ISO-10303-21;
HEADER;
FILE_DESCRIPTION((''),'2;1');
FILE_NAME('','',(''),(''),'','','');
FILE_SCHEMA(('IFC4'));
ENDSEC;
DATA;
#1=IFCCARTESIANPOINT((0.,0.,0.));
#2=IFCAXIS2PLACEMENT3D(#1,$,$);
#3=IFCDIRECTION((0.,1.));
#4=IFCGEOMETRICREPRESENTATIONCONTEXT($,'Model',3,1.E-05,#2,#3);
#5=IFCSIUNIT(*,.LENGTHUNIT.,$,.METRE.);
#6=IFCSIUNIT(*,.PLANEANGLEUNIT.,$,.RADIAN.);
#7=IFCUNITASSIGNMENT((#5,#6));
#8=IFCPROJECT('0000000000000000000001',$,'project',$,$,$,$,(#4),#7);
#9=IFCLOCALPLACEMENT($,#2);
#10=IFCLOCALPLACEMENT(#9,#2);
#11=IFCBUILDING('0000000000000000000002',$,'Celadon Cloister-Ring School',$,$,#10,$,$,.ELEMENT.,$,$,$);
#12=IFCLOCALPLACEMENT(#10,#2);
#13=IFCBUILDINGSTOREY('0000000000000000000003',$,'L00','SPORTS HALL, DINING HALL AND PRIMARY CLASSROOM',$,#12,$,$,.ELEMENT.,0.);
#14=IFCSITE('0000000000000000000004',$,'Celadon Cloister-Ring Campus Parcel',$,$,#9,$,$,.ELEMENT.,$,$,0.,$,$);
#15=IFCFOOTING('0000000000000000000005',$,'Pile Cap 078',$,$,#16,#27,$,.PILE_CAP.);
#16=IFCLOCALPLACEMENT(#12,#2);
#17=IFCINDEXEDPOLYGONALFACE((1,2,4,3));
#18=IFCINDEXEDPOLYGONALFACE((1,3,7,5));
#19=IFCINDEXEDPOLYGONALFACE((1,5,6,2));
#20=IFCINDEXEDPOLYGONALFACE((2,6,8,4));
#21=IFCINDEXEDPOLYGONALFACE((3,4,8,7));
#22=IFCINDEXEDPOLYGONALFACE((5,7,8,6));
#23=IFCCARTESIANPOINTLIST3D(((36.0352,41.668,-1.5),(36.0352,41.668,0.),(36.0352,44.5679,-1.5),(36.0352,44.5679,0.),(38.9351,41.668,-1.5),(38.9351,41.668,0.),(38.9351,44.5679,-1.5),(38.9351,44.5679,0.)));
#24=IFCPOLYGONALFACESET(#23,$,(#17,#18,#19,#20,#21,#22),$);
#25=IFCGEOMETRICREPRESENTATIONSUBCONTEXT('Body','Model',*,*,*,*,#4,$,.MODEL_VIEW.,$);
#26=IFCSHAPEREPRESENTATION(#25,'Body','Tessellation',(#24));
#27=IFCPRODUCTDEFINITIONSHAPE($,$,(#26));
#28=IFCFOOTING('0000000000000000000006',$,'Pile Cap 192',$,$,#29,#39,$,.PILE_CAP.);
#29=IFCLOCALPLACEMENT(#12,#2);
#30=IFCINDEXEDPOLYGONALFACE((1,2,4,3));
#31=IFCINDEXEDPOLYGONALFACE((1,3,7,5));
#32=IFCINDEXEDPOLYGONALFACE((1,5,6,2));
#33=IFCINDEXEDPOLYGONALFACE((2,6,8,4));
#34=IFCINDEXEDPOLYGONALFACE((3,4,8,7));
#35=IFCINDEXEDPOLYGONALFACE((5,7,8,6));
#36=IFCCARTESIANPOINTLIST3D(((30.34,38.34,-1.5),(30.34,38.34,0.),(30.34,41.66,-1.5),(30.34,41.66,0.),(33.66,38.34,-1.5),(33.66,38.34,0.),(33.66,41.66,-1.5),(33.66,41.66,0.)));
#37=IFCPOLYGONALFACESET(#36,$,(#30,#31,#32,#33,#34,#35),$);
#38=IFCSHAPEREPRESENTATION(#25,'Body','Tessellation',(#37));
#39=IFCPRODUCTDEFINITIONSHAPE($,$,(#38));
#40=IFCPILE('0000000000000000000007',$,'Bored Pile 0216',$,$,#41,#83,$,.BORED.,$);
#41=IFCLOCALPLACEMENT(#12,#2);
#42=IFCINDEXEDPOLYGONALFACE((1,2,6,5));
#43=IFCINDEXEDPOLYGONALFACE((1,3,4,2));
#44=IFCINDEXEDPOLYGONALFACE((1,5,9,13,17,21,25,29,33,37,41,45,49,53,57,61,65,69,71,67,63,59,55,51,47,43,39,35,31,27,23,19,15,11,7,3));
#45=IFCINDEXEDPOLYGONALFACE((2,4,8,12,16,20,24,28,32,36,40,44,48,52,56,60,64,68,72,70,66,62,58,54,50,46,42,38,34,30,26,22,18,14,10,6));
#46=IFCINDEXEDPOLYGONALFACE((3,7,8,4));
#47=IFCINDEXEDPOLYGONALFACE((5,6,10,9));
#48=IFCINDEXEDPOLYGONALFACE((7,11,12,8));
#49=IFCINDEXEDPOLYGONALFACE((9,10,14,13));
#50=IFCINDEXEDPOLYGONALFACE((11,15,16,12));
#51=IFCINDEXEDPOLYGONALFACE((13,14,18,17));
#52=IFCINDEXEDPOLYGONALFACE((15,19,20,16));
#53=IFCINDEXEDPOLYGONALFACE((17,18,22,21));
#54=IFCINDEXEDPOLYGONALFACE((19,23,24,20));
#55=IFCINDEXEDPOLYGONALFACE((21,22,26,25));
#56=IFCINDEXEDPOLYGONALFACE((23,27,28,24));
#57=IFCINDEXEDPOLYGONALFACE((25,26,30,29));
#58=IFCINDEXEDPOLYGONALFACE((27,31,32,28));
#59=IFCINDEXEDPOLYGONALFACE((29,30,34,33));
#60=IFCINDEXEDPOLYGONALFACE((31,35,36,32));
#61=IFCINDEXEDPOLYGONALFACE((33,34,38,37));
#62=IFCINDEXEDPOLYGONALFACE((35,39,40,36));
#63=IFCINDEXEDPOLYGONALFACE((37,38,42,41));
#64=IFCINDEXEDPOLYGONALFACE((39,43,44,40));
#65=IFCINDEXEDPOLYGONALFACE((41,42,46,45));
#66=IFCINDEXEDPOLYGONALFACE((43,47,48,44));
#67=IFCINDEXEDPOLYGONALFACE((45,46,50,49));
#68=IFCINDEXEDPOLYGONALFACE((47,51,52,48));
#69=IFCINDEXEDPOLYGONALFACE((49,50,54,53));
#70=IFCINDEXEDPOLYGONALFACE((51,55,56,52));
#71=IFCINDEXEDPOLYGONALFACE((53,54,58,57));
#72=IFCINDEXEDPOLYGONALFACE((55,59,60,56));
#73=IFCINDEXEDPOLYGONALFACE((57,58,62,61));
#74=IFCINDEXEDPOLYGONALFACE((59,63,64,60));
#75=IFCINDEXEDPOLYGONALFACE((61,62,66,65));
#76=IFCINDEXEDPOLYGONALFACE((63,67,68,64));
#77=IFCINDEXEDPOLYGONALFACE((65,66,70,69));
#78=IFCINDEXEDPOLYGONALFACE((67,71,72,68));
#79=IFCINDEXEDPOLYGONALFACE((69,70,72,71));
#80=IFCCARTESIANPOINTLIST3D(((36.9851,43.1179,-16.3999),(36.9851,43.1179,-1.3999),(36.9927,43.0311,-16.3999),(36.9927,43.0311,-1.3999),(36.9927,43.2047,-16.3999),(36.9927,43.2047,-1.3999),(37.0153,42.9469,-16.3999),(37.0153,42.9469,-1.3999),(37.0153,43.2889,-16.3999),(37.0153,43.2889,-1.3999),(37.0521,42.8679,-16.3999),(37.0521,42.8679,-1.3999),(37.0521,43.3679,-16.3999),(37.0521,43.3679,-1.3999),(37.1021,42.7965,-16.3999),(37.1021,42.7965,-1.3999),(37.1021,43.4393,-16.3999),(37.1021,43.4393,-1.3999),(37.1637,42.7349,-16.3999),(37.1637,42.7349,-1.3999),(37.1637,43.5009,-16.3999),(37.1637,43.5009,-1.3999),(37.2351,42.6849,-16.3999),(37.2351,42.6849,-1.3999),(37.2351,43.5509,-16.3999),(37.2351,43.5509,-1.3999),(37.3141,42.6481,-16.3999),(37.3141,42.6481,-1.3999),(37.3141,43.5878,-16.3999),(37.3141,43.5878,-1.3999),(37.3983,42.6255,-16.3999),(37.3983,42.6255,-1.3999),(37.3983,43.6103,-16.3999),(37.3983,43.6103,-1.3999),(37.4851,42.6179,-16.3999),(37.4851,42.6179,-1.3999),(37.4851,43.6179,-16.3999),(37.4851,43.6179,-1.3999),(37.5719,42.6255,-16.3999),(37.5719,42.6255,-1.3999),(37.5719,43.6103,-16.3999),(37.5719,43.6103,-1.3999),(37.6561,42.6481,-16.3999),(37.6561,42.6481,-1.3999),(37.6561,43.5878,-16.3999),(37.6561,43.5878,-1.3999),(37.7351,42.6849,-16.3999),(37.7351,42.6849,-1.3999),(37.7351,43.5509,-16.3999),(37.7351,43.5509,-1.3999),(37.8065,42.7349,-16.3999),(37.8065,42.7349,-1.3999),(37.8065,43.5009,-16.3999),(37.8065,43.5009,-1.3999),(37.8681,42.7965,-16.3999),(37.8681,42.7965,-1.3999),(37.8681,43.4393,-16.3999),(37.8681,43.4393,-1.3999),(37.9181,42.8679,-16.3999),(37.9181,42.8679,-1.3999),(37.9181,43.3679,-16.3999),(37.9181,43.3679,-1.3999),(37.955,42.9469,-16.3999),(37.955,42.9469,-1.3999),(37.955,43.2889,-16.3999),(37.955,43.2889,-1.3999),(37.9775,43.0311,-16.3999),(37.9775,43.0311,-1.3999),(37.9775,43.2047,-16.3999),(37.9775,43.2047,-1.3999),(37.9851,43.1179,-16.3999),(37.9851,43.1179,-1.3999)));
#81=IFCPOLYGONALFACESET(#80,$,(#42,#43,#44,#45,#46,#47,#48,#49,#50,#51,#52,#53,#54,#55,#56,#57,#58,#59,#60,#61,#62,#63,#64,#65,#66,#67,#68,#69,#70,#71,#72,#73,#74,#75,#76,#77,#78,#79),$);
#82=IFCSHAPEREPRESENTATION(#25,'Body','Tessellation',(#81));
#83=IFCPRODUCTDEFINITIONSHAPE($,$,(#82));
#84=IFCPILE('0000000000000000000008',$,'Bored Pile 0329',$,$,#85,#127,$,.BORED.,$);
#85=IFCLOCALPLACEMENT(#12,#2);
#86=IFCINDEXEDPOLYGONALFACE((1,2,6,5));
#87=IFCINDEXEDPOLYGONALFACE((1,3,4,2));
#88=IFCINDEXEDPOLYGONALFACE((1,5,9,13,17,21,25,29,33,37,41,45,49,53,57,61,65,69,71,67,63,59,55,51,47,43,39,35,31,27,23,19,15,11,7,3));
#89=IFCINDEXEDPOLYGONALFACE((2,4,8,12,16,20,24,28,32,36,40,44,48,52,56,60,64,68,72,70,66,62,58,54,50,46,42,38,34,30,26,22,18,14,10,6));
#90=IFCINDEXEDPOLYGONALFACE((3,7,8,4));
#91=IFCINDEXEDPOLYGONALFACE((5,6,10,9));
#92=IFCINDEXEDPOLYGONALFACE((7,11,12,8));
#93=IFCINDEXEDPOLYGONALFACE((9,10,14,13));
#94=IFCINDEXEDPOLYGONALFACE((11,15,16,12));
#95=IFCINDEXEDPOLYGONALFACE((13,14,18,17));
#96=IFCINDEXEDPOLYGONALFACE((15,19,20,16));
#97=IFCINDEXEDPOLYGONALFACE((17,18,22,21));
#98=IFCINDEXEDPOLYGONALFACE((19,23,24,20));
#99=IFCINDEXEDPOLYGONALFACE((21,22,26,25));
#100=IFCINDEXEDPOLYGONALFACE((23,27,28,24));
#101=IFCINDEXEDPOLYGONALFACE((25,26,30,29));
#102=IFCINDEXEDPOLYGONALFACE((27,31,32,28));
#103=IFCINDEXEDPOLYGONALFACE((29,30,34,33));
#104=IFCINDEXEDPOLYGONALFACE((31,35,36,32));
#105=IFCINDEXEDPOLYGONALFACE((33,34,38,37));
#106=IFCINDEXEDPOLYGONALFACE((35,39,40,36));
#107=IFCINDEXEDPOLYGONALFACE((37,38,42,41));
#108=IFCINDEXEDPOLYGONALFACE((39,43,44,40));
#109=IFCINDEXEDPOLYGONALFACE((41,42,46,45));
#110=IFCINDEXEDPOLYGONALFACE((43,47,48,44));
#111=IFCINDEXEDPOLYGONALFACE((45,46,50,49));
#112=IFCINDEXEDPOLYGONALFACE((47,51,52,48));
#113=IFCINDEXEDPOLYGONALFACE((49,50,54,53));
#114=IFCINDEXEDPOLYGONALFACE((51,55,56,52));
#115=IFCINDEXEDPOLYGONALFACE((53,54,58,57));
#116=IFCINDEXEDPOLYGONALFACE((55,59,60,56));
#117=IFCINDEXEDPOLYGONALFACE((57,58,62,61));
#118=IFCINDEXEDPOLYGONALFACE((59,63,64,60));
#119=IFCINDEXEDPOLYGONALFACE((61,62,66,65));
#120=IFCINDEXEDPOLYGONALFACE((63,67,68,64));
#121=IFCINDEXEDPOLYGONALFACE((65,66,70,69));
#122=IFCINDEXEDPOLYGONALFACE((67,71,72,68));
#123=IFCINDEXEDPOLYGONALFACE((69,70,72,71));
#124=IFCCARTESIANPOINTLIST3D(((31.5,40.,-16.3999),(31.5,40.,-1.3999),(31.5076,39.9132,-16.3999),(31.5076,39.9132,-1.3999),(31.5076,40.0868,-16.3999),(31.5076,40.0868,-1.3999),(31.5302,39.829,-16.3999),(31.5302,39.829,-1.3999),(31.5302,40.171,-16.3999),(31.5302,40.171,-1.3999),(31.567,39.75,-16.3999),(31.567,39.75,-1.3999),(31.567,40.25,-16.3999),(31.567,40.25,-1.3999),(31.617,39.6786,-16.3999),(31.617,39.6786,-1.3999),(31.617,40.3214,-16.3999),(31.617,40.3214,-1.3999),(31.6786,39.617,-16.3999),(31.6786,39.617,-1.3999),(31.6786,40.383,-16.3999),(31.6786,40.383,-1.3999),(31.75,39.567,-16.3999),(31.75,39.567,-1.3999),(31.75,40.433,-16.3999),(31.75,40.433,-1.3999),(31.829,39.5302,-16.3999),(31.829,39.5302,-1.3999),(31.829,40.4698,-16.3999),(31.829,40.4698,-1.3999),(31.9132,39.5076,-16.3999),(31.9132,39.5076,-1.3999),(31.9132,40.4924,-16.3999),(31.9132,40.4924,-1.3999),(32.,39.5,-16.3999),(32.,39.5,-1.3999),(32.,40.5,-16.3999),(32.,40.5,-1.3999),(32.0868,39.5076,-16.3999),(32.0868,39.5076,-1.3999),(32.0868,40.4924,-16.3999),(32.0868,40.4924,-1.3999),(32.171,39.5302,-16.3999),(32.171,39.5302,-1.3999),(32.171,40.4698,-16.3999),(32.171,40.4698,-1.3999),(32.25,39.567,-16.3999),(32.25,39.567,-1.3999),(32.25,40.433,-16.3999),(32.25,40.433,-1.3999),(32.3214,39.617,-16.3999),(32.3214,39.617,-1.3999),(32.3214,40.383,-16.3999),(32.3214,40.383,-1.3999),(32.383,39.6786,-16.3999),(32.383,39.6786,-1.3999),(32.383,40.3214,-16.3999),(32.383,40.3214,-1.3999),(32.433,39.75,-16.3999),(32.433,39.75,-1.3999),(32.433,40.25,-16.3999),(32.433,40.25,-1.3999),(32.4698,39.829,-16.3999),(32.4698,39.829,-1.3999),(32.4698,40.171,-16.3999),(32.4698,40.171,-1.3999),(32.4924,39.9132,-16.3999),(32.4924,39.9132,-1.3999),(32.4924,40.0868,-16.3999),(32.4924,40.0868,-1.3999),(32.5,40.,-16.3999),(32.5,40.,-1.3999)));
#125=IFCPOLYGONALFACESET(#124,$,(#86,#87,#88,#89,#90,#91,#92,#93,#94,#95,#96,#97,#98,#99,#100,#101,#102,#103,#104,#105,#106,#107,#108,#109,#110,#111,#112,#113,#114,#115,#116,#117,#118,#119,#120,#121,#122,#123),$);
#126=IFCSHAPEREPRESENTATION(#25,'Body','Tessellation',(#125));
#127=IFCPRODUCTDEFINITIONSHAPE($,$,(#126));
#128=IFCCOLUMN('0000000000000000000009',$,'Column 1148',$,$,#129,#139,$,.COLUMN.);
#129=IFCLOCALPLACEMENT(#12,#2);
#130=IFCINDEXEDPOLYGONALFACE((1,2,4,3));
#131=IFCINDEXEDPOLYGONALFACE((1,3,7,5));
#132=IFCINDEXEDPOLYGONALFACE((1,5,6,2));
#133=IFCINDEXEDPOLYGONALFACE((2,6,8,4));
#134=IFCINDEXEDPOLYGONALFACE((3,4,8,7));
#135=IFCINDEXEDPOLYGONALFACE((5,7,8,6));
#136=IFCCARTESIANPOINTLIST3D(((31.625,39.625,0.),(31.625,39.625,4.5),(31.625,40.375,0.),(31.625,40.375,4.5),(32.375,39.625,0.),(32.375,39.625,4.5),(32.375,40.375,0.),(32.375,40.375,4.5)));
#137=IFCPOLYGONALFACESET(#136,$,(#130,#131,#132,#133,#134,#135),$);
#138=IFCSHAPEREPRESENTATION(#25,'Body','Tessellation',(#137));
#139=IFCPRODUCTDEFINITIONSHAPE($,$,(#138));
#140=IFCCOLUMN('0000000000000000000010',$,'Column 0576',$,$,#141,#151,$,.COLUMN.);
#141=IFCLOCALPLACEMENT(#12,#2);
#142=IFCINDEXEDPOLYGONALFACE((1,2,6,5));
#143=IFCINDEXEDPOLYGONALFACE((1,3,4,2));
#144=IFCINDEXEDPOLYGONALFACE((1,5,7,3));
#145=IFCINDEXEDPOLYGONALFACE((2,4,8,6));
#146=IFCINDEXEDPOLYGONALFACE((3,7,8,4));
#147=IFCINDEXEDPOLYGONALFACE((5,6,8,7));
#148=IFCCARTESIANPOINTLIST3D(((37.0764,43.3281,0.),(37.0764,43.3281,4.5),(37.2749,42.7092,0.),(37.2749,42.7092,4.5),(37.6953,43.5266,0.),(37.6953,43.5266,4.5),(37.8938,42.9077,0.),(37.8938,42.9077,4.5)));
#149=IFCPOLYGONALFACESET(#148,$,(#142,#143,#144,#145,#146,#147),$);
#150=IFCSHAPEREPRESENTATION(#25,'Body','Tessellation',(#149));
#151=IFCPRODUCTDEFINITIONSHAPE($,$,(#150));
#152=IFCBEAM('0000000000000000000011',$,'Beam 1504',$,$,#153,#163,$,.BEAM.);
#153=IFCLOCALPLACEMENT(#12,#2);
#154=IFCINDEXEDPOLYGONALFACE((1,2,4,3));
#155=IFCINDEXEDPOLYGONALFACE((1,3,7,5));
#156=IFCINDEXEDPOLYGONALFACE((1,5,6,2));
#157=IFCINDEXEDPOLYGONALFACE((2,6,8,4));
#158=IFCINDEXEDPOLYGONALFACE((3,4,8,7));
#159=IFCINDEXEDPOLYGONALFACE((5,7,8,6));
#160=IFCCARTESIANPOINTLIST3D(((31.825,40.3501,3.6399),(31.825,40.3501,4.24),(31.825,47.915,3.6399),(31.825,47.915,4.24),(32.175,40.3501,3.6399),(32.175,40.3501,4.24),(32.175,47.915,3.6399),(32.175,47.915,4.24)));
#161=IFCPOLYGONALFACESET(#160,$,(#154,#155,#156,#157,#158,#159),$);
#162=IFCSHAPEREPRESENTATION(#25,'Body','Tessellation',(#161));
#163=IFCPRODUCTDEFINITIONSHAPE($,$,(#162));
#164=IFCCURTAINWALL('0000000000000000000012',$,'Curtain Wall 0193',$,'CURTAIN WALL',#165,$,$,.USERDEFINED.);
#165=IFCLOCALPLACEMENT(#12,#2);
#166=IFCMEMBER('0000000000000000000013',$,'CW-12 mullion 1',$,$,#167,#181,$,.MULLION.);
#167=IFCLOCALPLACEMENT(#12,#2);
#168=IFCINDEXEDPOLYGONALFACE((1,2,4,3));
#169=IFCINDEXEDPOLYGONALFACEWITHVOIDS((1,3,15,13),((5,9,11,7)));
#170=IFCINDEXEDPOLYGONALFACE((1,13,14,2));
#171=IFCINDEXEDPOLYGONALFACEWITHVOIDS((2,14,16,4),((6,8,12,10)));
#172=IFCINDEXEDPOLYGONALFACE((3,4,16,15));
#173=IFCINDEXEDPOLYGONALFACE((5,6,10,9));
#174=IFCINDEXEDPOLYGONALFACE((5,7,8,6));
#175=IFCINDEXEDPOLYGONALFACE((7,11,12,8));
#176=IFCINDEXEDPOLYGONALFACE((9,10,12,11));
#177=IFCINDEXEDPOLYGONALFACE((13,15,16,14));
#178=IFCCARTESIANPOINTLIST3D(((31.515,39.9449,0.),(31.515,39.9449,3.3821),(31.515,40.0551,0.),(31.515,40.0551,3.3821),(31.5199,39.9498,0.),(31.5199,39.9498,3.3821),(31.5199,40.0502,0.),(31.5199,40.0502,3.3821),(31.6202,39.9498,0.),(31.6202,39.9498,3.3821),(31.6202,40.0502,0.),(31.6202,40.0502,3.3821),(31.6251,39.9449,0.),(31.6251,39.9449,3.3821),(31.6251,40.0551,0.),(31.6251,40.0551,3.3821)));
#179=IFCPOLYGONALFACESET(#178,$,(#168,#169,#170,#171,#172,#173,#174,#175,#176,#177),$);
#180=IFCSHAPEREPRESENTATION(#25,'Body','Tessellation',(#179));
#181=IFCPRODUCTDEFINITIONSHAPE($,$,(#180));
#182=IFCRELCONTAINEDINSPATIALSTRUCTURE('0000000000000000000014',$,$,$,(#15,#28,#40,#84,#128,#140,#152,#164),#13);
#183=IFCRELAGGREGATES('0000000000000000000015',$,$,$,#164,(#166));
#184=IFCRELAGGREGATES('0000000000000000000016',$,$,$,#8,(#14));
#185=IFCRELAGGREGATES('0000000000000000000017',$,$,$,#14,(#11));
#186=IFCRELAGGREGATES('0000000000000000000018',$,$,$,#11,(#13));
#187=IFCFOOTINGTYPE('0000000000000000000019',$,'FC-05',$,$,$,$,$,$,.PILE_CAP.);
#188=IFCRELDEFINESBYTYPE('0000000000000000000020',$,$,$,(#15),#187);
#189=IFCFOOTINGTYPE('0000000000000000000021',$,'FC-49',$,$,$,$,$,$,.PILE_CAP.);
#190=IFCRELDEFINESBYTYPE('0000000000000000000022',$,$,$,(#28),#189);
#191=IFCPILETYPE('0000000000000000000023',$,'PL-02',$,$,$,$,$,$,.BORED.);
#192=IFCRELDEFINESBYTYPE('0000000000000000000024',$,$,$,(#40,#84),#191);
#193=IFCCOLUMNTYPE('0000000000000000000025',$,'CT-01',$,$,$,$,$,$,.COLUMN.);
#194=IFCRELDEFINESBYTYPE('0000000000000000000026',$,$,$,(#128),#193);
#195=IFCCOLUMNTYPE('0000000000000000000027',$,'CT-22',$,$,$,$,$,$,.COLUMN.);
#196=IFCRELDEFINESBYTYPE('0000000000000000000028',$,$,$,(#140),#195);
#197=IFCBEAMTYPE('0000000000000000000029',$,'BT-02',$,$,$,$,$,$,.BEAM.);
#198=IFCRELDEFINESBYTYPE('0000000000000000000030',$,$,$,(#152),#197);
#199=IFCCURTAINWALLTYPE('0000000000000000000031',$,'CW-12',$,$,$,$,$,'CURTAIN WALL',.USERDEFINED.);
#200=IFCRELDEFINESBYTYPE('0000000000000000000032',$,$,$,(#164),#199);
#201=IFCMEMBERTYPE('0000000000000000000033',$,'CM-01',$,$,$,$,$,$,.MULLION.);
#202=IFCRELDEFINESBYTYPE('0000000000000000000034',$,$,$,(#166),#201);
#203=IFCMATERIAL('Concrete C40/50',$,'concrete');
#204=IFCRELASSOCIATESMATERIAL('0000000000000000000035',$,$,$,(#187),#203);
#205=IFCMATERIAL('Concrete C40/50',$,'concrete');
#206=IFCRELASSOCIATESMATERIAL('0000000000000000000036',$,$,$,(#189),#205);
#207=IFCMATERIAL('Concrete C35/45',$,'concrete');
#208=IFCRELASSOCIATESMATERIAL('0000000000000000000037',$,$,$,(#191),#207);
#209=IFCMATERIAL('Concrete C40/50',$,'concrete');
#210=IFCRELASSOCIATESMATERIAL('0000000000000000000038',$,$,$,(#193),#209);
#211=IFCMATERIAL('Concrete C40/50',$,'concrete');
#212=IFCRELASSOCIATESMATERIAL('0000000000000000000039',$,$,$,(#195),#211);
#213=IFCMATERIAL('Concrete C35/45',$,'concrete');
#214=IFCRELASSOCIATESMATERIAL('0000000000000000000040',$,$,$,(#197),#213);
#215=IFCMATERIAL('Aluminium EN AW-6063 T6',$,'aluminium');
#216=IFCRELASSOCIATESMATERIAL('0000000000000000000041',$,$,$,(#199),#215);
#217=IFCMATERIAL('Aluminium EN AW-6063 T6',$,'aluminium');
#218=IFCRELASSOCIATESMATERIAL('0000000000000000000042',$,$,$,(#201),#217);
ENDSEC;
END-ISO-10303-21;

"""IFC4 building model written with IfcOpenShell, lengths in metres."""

from ifc_helpers import new_model, si_unit, direction, frame, origin, origin_2d, place, context, subcontext, project, spatial, rectangle, hollow_rectangle, circle, extrude, material, material_profile, profile_set, type_object, element, aggregate, save


model = new_model("IFC4")

# Units and contexts
model_context = context("Model", 3, precision=1e-05, world=origin(), true_north=direction((0.0, 1.0)))
body_context = subcontext(model_context, "Body", "Model", "MODEL_VIEW")
ifc_project = project(units=[si_unit("LENGTHUNIT", "METRE"), si_unit("PLANEANGLEUNIT", "RADIAN")], contexts=[model_context])

# Site, building, storey
site_placement = place(None, origin())
site = spatial("IfcSite", under=ifc_project, at=site_placement, Name="Celadon Cloister-Ring Campus Parcel", CompositionType="ELEMENT", RefElevation=0.0)
building_placement = place(site_placement, origin())
building = spatial("IfcBuilding", under=site, at=building_placement, Name="Celadon Cloister-Ring School", CompositionType="ELEMENT")
storey_placement = place(building_placement, origin())
storey = spatial("IfcBuildingStorey", under=building, at=storey_placement, Name="L00", Description="SPORTS HALL, DINING HALL AND PRIMARY CLASSROOM", CompositionType="ELEMENT", Elevation=0.0)

# Footings
ifc_material_1 = material(Name="Concrete C40/50", Category="concrete")
footing_type_1 = type_object("IfcFootingType", Name="FC-05", PredefinedType="PILE_CAP", material=ifc_material_1)
footing_1_placement = place(storey_placement, frame((37.4851, 43.1179, -1.5), z_axis=(0.0, 0.0, 1.0), x_axis=(1.0, 0.0, 0.0)))
element("IfcFooting", 1, at=footing_1_placement, inside=storey, type_object=footing_type_1, Name="Pile Cap 078", PredefinedType="PILE_CAP", context=body_context, shape_type="SweptSolid", body=[
    extrude(rectangle(XDim=2.8999, YDim=2.8999, at=origin_2d()), origin(), (0.0, 0.0, 1.0), 1.5),
])
ifc_material_2 = material(Name="Concrete C40/50", Category="concrete")
footing_type_2 = type_object("IfcFootingType", Name="FC-49", PredefinedType="PILE_CAP", material=ifc_material_2)
footing_2_placement = place(storey_placement, frame((32.0, 40.0, -1.5), z_axis=(0.0, 0.0, 1.0), x_axis=(1.0, 0.0, 0.0)))
element("IfcFooting", 2, at=footing_2_placement, inside=storey, type_object=footing_type_2, Name="Pile Cap 192", PredefinedType="PILE_CAP", context=body_context, shape_type="SweptSolid", body=[
    extrude(rectangle(XDim=3.3201, YDim=3.3201, at=origin_2d()), origin(), (0.0, 0.0, 1.0), 1.5),
])

# Piles
ifc_material_3 = material(Name="Concrete C35/45", Category="concrete")
ifc_material_profile_1 = material_profile(ifc_material_3, circle(Radius=0.5, at=origin_2d()), Name="PILE1000")
ifc_profile_set_1 = profile_set([ifc_material_profile_1], Name="Concrete C35/45")
pile_type = type_object("IfcPileType", Name="PL-02", PredefinedType="BORED", material=ifc_profile_set_1)
for number, where, z_axis, x_axis, name in (
    (3, (37.4851, 43.1179, -1.3999), (0.0, 0.0, -1.0), (1.0, 0.0, 0.0), "Bored Pile 0216"),
    (4, (32.0, 40.0, -1.3999), (0.0, 0.0, -1.0), (1.0, 0.0, 0.0), "Bored Pile 0329"),
):
    element("IfcPile", number, at=place(storey_placement, frame(where, z_axis=z_axis, x_axis=x_axis)), inside=storey, type_object=pile_type, Name=name, PredefinedType="BORED", context=body_context, shape_type="SweptSolid", body=[
        extrude(circle(Radius=0.5, at=origin_2d()), origin(), (0.0, 0.0, 1.0), 15.0),
    ])

# Columns
ifc_material_4 = material(Name="Concrete C40/50", Category="concrete")
ifc_material_profile_2 = material_profile(ifc_material_4, rectangle(XDim=0.75, YDim=0.75, at=origin_2d()), Name="RC750X750")
ifc_profile_set_2 = profile_set([ifc_material_profile_2], Name="Concrete C40/50")
column_type_1 = type_object("IfcColumnType", Name="CT-01", PredefinedType="COLUMN", material=ifc_profile_set_2)
column_1_placement = place(storey_placement, frame((32.0, 40.0, 0.0), z_axis=(0.0, 0.0, 1.0), x_axis=(1.0, 0.0, 0.0)))
element("IfcColumn", 5, at=column_1_placement, inside=storey, type_object=column_type_1, Name="Column 1148", PredefinedType="COLUMN", context=body_context, shape_type="SweptSolid", body=[
    extrude(rectangle(XDim=0.75, YDim=0.75, at=origin_2d()), origin(), (0.0, 0.0, 1.0), 4.5),
])
ifc_material_5 = material(Name="Concrete C40/50", Category="concrete")
ifc_material_profile_3 = material_profile(ifc_material_5, rectangle(XDim=0.6499, YDim=0.6499, at=origin_2d()), Name="RC650X650")
ifc_profile_set_3 = profile_set([ifc_material_profile_3], Name="Concrete C40/50")
column_type_2 = type_object("IfcColumnType", Name="CT-22", PredefinedType="COLUMN", material=ifc_profile_set_3)
column_2_placement = place(storey_placement, frame((37.4851, 43.1179, 0.0), z_axis=(0.0, 0.0, 1.0), x_axis=(-0.952215, -0.305429, 0.0)))
element("IfcColumn", 6, at=column_2_placement, inside=storey, type_object=column_type_2, Name="Column 0576", PredefinedType="COLUMN", context=body_context, shape_type="SweptSolid", body=[
    extrude(rectangle(XDim=0.6499, YDim=0.6499, at=origin_2d()), origin(), (0.0, 0.0, 1.0), 4.5),
])

# Beam
ifc_material_6 = material(Name="Concrete C35/45", Category="concrete")
ifc_material_profile_4 = material_profile(ifc_material_6, rectangle(XDim=0.3501, YDim=0.6001, at=origin_2d()), Name="RC350X600")
ifc_profile_set_4 = profile_set([ifc_material_profile_4], Name="Concrete C35/45")
beam_type_1 = type_object("IfcBeamType", Name="BT-02", PredefinedType="BEAM", material=ifc_profile_set_4)
beam_1_placement = place(storey_placement, frame((32.0, 40.3501, 3.9399), z_axis=(0.0, 1.0, 0.0), x_axis=(-1.0, 0.0, 0.0)))
element("IfcBeam", 7, at=beam_1_placement, inside=storey, type_object=beam_type_1, Name="Beam 1504", PredefinedType="BEAM", context=body_context, shape_type="SweptSolid", body=[
    extrude(rectangle(XDim=0.3501, YDim=0.6001, at=origin_2d()), origin(), (0.0, 0.0, 1.0), 7.5649),
])

# Curtain wall, member
ifc_material_7 = material(Name="Aluminium EN AW-6063 T6", Category="aluminium")
curtain_wall_type = type_object("IfcCurtainWallType", Name="CW-12", ElementType="CURTAIN WALL", PredefinedType="USERDEFINED", material=ifc_material_7)
curtain_wall_placement = place(storey_placement, origin())
curtain_wall = element("IfcCurtainWall", 8, at=curtain_wall_placement, inside=storey, type_object=curtain_wall_type, Name="Curtain Wall 0193", ObjectType="CURTAIN WALL", PredefinedType="USERDEFINED")
ifc_material_8 = material(Name="Aluminium EN AW-6063 T6", Category="aluminium")
ifc_material_profile_5 = material_profile(ifc_material_8, hollow_rectangle(XDim=0.1101, YDim=0.1101, WallThickness=0.0049, at=origin_2d()), Name="RHS110X110X5")
ifc_profile_set_5 = profile_set([ifc_material_profile_5], Name="Aluminium EN AW-6063 T6")
member_type_1 = type_object("IfcMemberType", Name="CM-01", PredefinedType="MULLION", material=ifc_profile_set_5)
member_1_placement = place(storey_placement, frame((31.5701, 40.0, 0.0), z_axis=(0.0, 0.0, 1.0), x_axis=(0.0, -1.0, 0.0)))
member_1 = element("IfcMember", 9, at=member_1_placement, type_object=member_type_1, Name="CW-12 mullion 1", PredefinedType="MULLION", context=body_context, shape_type="SweptSolid", body=[
    extrude(hollow_rectangle(XDim=0.1101, YDim=0.1101, WallThickness=0.0049, at=origin_2d()), origin(), (0.0, 0.0, 1.0), 3.3821),
])
aggregate(curtain_wall, [member_1])

save(model, "model.ifc")
